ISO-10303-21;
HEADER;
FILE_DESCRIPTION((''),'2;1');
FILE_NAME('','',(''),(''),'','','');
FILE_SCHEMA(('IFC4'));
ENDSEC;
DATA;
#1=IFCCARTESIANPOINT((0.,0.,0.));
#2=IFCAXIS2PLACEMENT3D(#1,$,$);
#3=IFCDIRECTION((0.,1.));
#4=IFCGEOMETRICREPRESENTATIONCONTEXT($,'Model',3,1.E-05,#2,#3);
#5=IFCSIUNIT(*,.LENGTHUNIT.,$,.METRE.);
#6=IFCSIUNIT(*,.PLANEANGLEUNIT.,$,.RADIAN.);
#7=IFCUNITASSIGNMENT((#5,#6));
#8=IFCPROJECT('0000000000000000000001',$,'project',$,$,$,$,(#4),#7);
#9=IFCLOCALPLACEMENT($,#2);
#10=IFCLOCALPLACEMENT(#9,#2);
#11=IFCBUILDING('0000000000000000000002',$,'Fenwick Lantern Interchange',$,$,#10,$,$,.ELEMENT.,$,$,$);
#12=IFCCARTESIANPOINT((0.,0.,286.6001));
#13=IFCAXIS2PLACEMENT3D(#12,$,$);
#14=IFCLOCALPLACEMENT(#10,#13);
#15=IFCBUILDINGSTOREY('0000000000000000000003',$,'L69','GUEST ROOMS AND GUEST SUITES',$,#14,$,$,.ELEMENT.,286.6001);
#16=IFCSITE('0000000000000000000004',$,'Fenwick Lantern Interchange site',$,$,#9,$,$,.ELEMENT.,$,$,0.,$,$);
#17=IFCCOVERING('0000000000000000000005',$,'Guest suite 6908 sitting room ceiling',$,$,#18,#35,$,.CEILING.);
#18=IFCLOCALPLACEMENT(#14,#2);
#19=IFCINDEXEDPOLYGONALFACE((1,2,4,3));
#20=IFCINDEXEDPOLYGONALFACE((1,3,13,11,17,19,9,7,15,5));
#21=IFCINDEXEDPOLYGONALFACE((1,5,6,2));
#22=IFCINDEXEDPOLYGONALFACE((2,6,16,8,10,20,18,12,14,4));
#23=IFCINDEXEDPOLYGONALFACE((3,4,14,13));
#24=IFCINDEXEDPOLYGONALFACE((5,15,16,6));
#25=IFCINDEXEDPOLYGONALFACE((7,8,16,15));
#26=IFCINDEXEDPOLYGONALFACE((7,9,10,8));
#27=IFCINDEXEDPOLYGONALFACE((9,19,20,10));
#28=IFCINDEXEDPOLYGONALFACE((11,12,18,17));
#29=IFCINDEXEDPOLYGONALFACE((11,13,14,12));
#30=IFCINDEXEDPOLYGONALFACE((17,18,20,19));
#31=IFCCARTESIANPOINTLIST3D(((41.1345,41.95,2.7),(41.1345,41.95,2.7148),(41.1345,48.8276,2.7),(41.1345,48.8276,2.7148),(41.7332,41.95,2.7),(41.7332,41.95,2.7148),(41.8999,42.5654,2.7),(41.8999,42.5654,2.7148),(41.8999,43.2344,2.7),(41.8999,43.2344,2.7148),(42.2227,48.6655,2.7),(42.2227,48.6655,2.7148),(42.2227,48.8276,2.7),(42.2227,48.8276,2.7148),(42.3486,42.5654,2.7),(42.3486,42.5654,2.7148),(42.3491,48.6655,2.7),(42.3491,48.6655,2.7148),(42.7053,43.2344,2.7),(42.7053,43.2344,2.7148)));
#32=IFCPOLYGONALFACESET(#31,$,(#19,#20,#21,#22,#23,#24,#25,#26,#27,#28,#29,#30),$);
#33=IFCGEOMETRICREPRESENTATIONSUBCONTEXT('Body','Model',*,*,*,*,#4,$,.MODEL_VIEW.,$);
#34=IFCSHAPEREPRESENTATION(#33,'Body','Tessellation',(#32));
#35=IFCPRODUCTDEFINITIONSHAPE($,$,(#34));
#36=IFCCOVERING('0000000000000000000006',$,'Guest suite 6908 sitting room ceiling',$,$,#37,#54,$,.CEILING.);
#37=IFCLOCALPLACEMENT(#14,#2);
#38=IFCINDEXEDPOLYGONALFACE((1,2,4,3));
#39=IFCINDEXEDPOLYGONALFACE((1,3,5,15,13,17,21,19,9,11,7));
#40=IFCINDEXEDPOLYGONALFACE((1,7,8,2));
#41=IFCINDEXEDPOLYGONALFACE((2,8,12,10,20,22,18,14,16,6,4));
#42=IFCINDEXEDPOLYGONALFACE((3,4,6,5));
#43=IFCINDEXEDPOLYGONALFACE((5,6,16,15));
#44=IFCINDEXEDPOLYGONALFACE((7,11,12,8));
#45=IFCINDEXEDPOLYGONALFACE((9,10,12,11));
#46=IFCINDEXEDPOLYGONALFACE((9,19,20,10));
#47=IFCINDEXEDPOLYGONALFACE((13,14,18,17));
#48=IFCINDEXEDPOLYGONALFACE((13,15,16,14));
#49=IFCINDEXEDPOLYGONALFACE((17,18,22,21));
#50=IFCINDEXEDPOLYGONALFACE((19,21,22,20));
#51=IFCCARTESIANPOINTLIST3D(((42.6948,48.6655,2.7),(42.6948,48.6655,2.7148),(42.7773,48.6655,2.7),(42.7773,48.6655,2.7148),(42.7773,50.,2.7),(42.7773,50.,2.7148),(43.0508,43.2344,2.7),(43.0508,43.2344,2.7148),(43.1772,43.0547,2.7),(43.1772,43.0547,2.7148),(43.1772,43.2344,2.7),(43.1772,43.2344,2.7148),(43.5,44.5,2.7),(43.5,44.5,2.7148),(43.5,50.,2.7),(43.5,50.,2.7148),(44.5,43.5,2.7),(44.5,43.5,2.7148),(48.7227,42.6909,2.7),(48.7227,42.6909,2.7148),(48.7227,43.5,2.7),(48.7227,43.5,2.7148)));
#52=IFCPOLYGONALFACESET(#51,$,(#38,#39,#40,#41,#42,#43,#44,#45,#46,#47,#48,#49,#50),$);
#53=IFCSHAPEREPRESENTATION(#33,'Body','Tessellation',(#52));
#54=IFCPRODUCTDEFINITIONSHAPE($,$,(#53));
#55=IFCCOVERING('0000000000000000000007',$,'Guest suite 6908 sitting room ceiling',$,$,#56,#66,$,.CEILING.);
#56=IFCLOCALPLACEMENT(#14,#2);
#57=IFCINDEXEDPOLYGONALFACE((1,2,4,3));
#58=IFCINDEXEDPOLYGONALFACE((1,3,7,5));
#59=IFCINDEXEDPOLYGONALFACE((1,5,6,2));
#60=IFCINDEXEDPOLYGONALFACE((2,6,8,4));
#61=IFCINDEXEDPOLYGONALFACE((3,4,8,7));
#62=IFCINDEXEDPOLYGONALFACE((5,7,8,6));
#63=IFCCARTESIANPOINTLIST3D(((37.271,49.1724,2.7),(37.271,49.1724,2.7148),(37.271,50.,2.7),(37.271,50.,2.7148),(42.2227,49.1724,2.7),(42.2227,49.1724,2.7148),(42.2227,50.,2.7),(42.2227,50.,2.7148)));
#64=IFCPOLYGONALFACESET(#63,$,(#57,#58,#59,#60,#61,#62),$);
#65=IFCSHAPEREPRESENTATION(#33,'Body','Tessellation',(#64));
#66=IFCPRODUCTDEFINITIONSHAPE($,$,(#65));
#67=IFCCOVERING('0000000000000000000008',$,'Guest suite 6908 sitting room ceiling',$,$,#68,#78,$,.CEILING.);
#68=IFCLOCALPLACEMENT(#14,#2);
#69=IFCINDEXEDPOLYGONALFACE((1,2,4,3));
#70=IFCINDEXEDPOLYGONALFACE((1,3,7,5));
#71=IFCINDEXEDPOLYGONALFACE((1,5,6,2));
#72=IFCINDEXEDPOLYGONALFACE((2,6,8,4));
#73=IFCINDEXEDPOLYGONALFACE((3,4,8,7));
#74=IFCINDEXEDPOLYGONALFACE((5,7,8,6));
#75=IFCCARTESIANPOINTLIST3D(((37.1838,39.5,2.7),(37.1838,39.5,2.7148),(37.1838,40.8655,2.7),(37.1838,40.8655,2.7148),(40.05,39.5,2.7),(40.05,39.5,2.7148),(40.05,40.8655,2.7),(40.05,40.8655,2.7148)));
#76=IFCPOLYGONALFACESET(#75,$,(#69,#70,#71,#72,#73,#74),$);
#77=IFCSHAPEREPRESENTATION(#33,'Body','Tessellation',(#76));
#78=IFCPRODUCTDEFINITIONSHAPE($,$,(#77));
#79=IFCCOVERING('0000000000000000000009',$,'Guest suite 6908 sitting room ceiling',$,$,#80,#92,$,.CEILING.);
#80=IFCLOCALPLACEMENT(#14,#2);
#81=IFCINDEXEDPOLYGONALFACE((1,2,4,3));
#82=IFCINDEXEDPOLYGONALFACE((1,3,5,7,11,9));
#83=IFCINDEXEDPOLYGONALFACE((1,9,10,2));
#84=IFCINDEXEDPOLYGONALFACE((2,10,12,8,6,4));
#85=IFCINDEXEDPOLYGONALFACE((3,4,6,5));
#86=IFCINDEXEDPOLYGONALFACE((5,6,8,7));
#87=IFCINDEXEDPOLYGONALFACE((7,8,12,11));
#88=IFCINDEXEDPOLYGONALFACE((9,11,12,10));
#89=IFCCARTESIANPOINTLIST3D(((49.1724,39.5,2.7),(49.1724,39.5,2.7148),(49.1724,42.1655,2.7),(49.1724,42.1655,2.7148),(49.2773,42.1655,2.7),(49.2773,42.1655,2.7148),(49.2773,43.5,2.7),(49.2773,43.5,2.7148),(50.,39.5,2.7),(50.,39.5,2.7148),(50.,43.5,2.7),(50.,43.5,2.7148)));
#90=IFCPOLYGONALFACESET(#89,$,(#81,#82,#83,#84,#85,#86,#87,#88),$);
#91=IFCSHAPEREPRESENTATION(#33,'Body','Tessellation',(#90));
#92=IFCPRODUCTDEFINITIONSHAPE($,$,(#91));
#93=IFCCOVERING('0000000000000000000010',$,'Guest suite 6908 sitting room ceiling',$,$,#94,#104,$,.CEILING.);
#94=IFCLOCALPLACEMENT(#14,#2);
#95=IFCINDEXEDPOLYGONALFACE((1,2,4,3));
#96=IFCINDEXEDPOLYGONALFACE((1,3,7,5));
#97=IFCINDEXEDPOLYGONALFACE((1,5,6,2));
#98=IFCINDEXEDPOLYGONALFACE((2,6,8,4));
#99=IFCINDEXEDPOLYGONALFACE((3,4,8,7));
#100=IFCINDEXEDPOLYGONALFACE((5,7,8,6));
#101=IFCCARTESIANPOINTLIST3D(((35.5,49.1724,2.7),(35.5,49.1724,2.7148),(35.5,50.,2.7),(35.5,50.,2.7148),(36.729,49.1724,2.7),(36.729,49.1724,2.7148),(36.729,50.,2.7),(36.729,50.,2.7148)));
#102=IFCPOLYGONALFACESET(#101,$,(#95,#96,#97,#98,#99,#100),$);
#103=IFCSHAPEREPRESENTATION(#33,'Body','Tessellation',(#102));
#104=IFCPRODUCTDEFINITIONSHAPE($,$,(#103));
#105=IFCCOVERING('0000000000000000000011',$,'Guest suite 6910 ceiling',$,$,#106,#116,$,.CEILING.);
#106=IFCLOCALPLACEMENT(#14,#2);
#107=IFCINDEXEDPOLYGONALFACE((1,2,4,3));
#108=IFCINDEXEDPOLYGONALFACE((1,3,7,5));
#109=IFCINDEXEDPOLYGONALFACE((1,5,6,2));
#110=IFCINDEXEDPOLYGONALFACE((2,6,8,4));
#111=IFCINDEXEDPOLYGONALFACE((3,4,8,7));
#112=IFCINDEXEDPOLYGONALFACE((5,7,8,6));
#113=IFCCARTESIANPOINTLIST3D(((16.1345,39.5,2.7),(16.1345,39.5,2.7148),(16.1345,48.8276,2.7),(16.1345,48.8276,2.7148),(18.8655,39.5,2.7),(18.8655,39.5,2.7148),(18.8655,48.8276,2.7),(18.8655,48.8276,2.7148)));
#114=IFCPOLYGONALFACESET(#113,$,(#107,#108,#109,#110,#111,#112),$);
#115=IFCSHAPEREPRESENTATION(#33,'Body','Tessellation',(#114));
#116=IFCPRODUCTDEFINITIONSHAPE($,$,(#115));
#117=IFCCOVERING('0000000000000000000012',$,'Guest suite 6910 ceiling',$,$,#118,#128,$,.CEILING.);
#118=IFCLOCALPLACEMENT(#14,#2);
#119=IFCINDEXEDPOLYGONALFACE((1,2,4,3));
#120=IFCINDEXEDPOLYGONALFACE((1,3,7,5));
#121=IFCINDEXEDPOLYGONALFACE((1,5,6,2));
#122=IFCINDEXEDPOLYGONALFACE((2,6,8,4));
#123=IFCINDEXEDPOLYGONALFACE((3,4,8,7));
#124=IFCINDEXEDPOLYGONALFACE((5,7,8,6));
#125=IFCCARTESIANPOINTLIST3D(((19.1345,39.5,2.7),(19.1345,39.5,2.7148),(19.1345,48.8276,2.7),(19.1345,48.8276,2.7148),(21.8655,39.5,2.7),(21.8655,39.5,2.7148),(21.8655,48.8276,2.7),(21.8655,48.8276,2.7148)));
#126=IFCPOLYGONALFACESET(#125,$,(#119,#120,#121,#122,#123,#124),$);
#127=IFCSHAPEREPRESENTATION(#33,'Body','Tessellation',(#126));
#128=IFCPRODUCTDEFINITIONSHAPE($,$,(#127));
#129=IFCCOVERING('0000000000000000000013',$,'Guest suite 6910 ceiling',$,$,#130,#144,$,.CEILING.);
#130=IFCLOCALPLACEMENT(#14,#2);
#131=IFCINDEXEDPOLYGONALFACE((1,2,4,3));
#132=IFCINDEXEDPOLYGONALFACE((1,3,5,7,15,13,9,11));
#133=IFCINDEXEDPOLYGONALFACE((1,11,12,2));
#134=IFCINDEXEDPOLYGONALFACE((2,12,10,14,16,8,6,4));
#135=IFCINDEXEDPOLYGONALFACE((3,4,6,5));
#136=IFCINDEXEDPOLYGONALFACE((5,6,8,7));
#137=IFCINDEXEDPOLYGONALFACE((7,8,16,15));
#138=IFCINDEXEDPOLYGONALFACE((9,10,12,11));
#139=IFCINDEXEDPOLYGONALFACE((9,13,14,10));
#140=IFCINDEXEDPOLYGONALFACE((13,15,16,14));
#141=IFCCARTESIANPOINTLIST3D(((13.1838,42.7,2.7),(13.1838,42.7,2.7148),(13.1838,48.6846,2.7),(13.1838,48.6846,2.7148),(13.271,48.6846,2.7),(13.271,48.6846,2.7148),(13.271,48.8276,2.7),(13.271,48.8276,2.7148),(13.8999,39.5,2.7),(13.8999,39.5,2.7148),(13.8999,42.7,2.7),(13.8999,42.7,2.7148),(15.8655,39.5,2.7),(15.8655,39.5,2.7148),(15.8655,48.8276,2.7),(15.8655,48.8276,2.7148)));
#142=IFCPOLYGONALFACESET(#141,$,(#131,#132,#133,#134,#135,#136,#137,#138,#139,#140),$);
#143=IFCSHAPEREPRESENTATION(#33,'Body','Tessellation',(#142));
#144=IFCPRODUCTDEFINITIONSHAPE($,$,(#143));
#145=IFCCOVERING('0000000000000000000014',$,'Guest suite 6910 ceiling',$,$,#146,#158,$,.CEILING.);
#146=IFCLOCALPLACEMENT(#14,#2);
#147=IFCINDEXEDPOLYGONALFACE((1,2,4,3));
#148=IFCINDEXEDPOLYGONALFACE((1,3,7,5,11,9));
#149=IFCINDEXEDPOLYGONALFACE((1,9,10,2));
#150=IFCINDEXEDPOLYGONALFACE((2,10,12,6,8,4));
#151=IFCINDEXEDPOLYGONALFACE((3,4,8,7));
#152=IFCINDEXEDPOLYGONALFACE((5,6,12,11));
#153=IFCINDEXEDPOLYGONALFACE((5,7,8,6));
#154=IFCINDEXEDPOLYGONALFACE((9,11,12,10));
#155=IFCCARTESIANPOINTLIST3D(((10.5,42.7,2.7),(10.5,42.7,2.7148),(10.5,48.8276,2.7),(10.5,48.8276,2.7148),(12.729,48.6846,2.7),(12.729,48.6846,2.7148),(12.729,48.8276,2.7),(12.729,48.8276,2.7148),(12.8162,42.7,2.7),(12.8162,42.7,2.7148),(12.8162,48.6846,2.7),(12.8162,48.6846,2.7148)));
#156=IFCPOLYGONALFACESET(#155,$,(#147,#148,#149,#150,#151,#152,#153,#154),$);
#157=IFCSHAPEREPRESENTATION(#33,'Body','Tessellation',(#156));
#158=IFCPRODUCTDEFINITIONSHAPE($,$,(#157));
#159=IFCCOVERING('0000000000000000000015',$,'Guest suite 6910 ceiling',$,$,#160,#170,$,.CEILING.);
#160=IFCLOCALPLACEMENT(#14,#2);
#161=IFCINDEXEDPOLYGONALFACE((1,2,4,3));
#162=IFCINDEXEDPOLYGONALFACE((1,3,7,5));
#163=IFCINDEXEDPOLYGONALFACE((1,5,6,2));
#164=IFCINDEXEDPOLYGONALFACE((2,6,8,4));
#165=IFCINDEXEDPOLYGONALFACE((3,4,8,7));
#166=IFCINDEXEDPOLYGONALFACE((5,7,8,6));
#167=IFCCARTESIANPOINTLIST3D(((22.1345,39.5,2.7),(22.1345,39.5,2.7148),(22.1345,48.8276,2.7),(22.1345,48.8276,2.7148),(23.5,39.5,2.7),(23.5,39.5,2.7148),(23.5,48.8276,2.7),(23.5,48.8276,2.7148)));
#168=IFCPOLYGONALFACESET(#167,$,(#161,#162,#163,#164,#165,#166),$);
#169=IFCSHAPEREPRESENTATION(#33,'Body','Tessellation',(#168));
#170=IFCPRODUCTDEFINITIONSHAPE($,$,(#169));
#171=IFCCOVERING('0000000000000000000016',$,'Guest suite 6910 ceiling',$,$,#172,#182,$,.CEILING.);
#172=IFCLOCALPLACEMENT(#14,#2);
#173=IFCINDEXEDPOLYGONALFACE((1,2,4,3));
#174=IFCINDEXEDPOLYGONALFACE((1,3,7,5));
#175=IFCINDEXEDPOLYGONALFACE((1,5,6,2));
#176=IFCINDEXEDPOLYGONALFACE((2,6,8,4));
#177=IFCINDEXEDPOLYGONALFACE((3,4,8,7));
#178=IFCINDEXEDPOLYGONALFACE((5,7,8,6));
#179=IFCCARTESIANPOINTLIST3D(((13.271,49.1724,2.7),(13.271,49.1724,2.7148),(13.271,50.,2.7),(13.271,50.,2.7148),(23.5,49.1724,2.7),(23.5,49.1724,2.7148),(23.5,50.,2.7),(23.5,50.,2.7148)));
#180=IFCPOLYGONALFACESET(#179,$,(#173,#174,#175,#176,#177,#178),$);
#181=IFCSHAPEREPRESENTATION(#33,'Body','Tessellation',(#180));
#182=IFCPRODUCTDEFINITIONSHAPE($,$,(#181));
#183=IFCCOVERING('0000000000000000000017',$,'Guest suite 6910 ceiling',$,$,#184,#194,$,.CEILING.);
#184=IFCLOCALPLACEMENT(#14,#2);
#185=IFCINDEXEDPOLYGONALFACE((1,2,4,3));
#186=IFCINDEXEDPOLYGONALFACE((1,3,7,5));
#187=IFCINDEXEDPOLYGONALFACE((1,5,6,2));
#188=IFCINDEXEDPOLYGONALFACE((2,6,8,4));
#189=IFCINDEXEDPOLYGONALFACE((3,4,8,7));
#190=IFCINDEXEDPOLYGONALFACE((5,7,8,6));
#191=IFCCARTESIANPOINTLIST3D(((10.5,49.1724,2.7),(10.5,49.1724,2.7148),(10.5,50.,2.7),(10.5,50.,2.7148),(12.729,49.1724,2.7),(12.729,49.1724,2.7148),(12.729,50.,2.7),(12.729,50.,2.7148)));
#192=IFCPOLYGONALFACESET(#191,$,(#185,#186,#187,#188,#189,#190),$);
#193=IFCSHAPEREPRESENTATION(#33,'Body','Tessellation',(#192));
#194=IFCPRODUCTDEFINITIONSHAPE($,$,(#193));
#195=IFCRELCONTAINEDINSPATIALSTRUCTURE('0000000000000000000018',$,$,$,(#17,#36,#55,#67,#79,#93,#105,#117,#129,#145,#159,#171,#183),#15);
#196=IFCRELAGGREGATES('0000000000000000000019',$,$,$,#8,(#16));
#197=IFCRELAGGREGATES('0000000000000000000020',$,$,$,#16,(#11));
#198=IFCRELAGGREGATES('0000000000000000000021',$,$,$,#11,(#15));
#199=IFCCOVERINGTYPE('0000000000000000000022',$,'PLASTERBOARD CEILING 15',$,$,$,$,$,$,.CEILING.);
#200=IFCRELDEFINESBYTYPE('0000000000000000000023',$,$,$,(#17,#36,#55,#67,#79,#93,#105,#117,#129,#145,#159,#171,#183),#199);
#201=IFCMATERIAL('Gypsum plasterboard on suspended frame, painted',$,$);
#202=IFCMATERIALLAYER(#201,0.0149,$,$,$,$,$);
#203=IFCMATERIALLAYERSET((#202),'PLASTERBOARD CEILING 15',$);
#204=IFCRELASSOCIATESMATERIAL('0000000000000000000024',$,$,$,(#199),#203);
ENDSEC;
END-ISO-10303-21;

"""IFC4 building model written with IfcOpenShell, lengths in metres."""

from ifc_helpers import new_model, si_unit, direction, frame, origin, place, context, subcontext, project, spatial, polyline, outline, extrude, material, layer, layer_set, type_object, element, save


model = new_model("IFC4")

# Units and contexts
model_context = context("Model", 3, precision=1e-05, world=origin(), true_north=direction((0.0, 1.0)))
body_context = subcontext(model_context, "Body", "Model", "MODEL_VIEW")
ifc_project = project(units=[si_unit("LENGTHUNIT", "METRE"), si_unit("PLANEANGLEUNIT", "RADIAN")], contexts=[model_context])

# Site, building, storey
site_placement = place(None, origin())
site = spatial("IfcSite", under=ifc_project, at=site_placement, Name="Fenwick Lantern Interchange site", CompositionType="ELEMENT", RefElevation=0.0)
building_placement = place(site_placement, origin())
building = spatial("IfcBuilding", under=site, at=building_placement, Name="Fenwick Lantern Interchange", CompositionType="ELEMENT")
storey_placement = place(building_placement, frame((0.0, 0.0, 286.6001)))
storey = spatial("IfcBuildingStorey", under=building, at=storey_placement, Name="L69", Description="GUEST ROOMS AND GUEST SUITES", CompositionType="ELEMENT", Elevation=286.6001)

# Coverings
ifc_material = material(Name="Gypsum plasterboard on suspended frame, painted")
ifc_layer = layer(ifc_material, 0.0149)
ifc_layer_set = layer_set([ifc_layer], Name="PLASTERBOARD CEILING 15")
covering_type = type_object("IfcCoveringType", Name="PLASTERBOARD CEILING 15", PredefinedType="CEILING", material=ifc_layer_set)
covering_1_placement = place(storey_placement, frame((0.0, 0.0, 2.7)))
element("IfcCovering", 1, at=covering_1_placement, inside=storey, type_object=covering_type, Name="Guest suite 6908 sitting room ceiling", PredefinedType="CEILING", context=body_context, shape_type="SweptSolid", body=[
    extrude(outline(polyline([(41.1345, 41.95), (41.7332, 41.95), (42.3486, 42.5654), (41.8999, 42.5654), (41.8999, 43.2344), (42.7053, 43.2344), (42.3491, 48.6655), (42.2227, 48.6655), (42.2227, 48.8276), (41.1345, 48.8276), (41.1345, 41.95)])), origin(), (0.0, 0.0, 1.0), 0.0149),
])
covering_2_placement = place(storey_placement, frame((0.0, 0.0, 2.7)))
element("IfcCovering", 2, at=covering_2_placement, inside=storey, type_object=covering_type, Name="Guest suite 6908 sitting room ceiling", PredefinedType="CEILING", context=body_context, shape_type="SweptSolid", body=[
    extrude(outline(polyline([(42.7773, 48.6655), (42.6948, 48.6655), (43.0508, 43.2344), (43.1772, 43.2344), (43.1772, 43.0547), (48.7227, 42.6909), (48.7227, 43.5), (44.5, 43.5), (43.5, 44.5), (43.5, 50.0), (42.7773, 50.0), (42.7773, 48.6655)])), origin(), (0.0, 0.0, 1.0), 0.0149),
])
covering_3_placement = place(storey_placement, frame((0.0, 0.0, 2.7)))
element("IfcCovering", 3, at=covering_3_placement, inside=storey, type_object=covering_type, Name="Guest suite 6908 sitting room ceiling", PredefinedType="CEILING", context=body_context, shape_type="SweptSolid", body=[
    extrude(outline(polyline([(37.271, 50.0), (37.271, 49.1724), (42.2227, 49.1724), (42.2227, 50.0), (37.271, 50.0)])), origin(), (0.0, 0.0, 1.0), 0.0149),
])
covering_4_placement = place(storey_placement, frame((0.0, 0.0, 2.7)))
element("IfcCovering", 4, at=covering_4_placement, inside=storey, type_object=covering_type, Name="Guest suite 6908 sitting room ceiling", PredefinedType="CEILING", context=body_context, shape_type="SweptSolid", body=[
    extrude(outline(polyline([(40.05, 39.5), (40.05, 40.8655), (37.1838, 40.8655), (37.1838, 39.5), (40.05, 39.5)])), origin(), (0.0, 0.0, 1.0), 0.0149),
])
covering_5_placement = place(storey_placement, frame((0.0, 0.0, 2.7)))
element("IfcCovering", 5, at=covering_5_placement, inside=storey, type_object=covering_type, Name="Guest suite 6908 sitting room ceiling", PredefinedType="CEILING", context=body_context, shape_type="SweptSolid", body=[
    extrude(outline(polyline([(49.2773, 43.5), (49.2773, 42.1655), (49.1724, 42.1655), (49.1724, 39.5), (50.0, 39.5), (50.0, 43.5), (49.2773, 43.5)])), origin(), (0.0, 0.0, 1.0), 0.0149),
])
covering_6_placement = place(storey_placement, frame((0.0, 0.0, 2.7)))
element("IfcCovering", 6, at=covering_6_placement, inside=storey, type_object=covering_type, Name="Guest suite 6908 sitting room ceiling", PredefinedType="CEILING", context=body_context, shape_type="SweptSolid", body=[
    extrude(outline(polyline([(35.5, 50.0), (35.5, 49.1724), (36.729, 49.1724), (36.729, 50.0), (35.5, 50.0)])), origin(), (0.0, 0.0, 1.0), 0.0149),
])
covering_7_placement = place(storey_placement, frame((0.0, 0.0, 2.7)))
element("IfcCovering", 7, at=covering_7_placement, inside=storey, type_object=covering_type, Name="Guest suite 6910 ceiling", PredefinedType="CEILING", context=body_context, shape_type="SweptSolid", body=[
    extrude(outline(polyline([(16.1345, 39.5), (18.8655, 39.5), (18.8655, 48.8276), (16.1345, 48.8276), (16.1345, 39.5)])), origin(), (0.0, 0.0, 1.0), 0.0149),
])
covering_8_placement = place(storey_placement, frame((0.0, 0.0, 2.7)))
element("IfcCovering", 8, at=covering_8_placement, inside=storey, type_object=covering_type, Name="Guest suite 6910 ceiling", PredefinedType="CEILING", context=body_context, shape_type="SweptSolid", body=[
    extrude(outline(polyline([(19.1345, 39.5), (21.8655, 39.5), (21.8655, 48.8276), (19.1345, 48.8276), (19.1345, 39.5)])), origin(), (0.0, 0.0, 1.0), 0.0149),
])
covering_9_placement = place(storey_placement, frame((0.0, 0.0, 2.7)))
element("IfcCovering", 9, at=covering_9_placement, inside=storey, type_object=covering_type, Name="Guest suite 6910 ceiling", PredefinedType="CEILING", context=body_context, shape_type="SweptSolid", body=[
    extrude(outline(polyline([(13.271, 48.6846), (13.1838, 48.6846), (13.1838, 42.7), (13.8999, 42.7), (13.8999, 39.5), (15.8655, 39.5), (15.8655, 48.8276), (13.271, 48.8276), (13.271, 48.6846)])), origin(), (0.0, 0.0, 1.0), 0.0149),
])
covering_10_placement = place(storey_placement, frame((0.0, 0.0, 2.7)))
element("IfcCovering", 10, at=covering_10_placement, inside=storey, type_object=covering_type, Name="Guest suite 6910 ceiling", PredefinedType="CEILING", context=body_context, shape_type="SweptSolid", body=[
    extrude(outline(polyline([(12.729, 48.6846), (12.729, 48.8276), (10.5, 48.8276), (10.5, 42.7), (12.8162, 42.7), (12.8162, 48.6846), (12.729, 48.6846)])), origin(), (0.0, 0.0, 1.0), 0.0149),
])
covering_11_placement = place(storey_placement, frame((0.0, 0.0, 2.7)))
element("IfcCovering", 11, at=covering_11_placement, inside=storey, type_object=covering_type, Name="Guest suite 6910 ceiling", PredefinedType="CEILING", context=body_context, shape_type="SweptSolid", body=[
    extrude(outline(polyline([(23.5, 39.5), (23.5, 48.8276), (22.1345, 48.8276), (22.1345, 39.5), (23.5, 39.5)])), origin(), (0.0, 0.0, 1.0), 0.0149),
])
covering_12_placement = place(storey_placement, frame((0.0, 0.0, 2.7)))
element("IfcCovering", 12, at=covering_12_placement, inside=storey, type_object=covering_type, Name="Guest suite 6910 ceiling", PredefinedType="CEILING", context=body_context, shape_type="SweptSolid", body=[
    extrude(outline(polyline([(13.271, 50.0), (13.271, 49.1724), (23.5, 49.1724), (23.5, 50.0), (13.271, 50.0)])), origin(), (0.0, 0.0, 1.0), 0.0149),
])
covering_13_placement = place(storey_placement, frame((0.0, 0.0, 2.7)))
element("IfcCovering", 13, at=covering_13_placement, inside=storey, type_object=covering_type, Name="Guest suite 6910 ceiling", PredefinedType="CEILING", context=body_context, shape_type="SweptSolid", body=[
    extrude(outline(polyline([(12.729, 49.1724), (12.729, 50.0), (10.5, 50.0), (10.5, 49.1724), (12.729, 49.1724)])), origin(), (0.0, 0.0, 1.0), 0.0149),
])

save(model, "model.ifc")
